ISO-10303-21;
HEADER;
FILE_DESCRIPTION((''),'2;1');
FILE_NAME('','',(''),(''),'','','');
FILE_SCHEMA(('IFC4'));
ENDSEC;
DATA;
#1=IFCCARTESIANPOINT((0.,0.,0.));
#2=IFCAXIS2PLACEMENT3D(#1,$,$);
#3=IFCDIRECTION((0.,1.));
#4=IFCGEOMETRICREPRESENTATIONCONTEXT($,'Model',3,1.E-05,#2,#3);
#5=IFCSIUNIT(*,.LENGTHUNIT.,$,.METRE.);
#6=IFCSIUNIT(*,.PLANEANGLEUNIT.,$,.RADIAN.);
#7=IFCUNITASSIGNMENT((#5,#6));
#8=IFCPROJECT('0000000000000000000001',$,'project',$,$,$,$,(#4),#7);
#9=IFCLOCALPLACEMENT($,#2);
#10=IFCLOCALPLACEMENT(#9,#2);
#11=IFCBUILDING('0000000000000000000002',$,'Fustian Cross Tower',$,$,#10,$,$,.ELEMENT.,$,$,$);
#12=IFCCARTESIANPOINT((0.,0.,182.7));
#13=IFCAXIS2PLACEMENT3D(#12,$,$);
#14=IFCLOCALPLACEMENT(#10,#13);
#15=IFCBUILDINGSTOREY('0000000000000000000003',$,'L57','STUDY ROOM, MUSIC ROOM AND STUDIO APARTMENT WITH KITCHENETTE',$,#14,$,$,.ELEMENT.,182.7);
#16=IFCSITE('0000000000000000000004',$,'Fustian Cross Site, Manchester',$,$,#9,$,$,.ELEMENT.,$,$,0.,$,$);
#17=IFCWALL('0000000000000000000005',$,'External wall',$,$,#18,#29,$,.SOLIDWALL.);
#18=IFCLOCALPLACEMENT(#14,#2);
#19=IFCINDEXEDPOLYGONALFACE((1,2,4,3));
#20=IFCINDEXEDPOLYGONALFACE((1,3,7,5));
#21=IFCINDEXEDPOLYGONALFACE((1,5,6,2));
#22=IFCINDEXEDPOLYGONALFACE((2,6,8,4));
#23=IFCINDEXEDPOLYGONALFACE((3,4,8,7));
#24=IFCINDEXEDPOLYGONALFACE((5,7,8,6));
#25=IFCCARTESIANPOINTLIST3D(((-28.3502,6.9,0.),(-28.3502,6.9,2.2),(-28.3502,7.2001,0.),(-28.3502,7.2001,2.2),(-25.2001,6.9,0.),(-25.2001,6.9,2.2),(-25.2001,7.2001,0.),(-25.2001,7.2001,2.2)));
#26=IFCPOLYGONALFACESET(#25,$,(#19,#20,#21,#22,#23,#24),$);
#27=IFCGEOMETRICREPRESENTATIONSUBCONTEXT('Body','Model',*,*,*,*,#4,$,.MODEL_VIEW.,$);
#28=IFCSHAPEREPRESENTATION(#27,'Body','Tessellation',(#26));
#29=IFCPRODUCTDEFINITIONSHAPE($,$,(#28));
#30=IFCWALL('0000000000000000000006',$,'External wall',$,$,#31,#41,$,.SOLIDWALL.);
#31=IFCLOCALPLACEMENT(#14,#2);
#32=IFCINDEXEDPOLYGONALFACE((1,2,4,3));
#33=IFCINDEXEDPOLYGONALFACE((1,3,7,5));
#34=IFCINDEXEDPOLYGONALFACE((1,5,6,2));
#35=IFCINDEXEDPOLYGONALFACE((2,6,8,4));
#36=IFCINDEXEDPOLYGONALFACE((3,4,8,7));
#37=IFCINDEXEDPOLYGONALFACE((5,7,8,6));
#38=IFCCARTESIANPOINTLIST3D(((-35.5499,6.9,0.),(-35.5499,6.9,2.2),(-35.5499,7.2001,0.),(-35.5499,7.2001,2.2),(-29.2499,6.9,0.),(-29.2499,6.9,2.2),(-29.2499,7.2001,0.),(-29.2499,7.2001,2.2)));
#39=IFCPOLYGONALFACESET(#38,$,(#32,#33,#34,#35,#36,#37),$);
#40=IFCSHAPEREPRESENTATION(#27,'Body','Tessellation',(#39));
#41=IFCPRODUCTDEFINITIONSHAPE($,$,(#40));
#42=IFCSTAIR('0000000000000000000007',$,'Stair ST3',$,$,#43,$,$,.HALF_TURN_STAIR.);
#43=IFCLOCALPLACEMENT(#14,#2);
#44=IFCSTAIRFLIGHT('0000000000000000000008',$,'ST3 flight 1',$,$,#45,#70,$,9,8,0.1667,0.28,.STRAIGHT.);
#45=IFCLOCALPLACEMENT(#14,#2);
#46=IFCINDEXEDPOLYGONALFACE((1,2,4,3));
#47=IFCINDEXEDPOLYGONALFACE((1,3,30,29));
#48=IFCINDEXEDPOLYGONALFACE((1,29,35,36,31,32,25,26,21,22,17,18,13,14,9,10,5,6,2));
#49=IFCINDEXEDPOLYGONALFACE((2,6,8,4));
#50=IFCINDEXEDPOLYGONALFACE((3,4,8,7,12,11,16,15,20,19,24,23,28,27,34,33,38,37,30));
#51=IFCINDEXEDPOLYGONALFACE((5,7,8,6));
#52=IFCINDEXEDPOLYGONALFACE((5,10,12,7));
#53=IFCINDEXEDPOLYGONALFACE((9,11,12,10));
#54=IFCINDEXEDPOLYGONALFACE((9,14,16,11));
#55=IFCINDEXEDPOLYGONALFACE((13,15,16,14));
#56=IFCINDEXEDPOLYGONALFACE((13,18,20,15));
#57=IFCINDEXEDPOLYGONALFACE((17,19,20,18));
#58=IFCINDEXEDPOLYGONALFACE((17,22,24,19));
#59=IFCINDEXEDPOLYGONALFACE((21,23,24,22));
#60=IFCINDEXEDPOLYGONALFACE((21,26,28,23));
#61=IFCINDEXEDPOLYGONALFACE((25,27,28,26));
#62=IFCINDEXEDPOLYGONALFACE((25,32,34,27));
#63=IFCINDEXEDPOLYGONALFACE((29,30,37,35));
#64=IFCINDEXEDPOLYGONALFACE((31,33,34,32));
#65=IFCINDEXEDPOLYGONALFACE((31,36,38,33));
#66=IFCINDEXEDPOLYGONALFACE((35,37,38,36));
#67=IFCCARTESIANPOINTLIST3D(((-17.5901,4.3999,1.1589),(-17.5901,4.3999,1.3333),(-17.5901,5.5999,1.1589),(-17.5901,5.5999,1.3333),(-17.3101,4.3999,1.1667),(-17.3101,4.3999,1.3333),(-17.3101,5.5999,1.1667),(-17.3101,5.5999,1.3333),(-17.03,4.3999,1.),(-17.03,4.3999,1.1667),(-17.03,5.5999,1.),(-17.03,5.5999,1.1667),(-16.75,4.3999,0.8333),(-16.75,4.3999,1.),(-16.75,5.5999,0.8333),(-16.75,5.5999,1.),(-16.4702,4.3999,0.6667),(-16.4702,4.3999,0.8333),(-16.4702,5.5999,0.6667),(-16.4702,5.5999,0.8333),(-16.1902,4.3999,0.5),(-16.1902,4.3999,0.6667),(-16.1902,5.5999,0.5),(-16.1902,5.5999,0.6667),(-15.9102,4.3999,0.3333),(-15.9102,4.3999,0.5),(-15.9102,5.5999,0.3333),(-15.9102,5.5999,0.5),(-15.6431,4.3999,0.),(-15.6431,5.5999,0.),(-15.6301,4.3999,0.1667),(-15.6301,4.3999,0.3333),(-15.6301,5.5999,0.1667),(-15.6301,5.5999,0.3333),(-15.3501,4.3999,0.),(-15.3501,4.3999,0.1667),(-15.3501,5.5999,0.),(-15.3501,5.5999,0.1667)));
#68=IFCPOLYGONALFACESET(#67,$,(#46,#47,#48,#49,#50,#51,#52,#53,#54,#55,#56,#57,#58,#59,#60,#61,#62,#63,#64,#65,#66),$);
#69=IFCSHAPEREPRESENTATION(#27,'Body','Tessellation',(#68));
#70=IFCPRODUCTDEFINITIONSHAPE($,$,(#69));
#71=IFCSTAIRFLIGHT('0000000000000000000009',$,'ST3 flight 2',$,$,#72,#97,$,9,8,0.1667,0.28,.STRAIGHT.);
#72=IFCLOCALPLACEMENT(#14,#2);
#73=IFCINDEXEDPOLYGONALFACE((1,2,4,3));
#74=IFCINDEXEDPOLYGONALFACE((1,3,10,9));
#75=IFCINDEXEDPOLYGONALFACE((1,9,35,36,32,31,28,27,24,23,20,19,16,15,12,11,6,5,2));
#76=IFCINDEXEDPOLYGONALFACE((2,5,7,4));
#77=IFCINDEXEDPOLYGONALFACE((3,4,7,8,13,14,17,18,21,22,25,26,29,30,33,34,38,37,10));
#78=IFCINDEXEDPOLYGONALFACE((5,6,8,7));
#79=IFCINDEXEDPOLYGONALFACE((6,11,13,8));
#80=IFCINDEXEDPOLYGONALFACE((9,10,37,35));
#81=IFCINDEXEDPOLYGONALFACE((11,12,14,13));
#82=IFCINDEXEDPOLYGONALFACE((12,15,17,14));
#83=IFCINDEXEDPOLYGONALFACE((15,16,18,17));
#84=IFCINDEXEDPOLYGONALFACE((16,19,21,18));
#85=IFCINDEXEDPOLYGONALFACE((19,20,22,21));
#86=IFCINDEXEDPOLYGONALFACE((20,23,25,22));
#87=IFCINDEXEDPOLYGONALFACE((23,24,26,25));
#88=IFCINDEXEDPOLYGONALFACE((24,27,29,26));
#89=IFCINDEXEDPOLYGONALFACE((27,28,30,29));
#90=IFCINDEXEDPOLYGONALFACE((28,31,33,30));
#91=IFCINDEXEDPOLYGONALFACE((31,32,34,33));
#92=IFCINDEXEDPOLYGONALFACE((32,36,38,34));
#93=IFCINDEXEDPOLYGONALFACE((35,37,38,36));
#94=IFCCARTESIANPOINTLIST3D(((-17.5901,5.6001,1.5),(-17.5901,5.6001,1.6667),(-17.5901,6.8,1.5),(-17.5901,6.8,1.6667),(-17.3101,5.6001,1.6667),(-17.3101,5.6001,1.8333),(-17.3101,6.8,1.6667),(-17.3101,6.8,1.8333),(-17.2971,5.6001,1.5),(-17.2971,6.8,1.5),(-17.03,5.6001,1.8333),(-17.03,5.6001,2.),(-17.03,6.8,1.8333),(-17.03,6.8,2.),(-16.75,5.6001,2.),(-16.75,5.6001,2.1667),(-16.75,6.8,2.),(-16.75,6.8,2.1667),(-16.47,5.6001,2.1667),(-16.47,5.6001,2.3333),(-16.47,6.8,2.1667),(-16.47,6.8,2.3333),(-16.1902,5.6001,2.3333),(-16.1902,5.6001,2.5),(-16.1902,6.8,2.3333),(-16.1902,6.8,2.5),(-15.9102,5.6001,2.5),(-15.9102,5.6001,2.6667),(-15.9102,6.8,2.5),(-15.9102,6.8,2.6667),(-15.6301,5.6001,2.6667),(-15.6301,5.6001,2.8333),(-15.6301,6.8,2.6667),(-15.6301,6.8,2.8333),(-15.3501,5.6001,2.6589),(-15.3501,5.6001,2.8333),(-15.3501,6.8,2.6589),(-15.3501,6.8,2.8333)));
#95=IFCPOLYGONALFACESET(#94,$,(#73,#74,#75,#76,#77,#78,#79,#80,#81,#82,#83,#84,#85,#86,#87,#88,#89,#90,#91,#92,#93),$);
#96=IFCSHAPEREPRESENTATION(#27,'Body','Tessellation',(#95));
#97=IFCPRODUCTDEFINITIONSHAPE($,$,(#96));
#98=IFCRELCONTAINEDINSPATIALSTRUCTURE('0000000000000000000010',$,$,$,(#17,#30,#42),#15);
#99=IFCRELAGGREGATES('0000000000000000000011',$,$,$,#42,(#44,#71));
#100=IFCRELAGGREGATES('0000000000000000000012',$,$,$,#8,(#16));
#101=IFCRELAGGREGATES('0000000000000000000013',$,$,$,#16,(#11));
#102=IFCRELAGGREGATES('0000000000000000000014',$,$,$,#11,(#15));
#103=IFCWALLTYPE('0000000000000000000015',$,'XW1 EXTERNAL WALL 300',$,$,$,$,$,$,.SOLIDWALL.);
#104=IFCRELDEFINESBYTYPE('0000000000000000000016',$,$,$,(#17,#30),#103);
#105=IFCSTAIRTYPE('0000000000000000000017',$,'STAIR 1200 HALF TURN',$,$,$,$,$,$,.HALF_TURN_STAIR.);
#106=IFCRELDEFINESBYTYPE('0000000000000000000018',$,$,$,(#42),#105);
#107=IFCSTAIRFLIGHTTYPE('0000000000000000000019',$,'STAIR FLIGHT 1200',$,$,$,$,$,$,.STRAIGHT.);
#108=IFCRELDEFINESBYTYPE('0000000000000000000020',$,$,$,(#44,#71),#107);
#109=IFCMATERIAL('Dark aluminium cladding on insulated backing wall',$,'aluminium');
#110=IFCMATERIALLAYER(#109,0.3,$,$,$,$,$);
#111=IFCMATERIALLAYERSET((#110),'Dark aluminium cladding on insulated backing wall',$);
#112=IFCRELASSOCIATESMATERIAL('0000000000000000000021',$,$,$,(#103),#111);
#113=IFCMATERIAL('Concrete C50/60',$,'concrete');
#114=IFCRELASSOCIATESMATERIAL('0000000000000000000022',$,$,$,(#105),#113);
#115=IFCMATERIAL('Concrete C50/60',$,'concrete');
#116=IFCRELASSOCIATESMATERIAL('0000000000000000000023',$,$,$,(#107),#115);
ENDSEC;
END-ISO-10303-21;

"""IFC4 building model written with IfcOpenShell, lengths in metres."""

from ifc_helpers import new_model, si_unit, direction, frame, frame_2d, origin, place, context, subcontext, project, spatial, polyline, rectangle, outline, extrude, material, layer, layer_set, type_object, element, aggregate, save


model = new_model("IFC4")

# Units and contexts
model_context = context("Model", 3, precision=1e-05, world=origin(), true_north=direction((0.0, 1.0)))
body_context = subcontext(model_context, "Body", "Model", "MODEL_VIEW")
ifc_project = project(units=[si_unit("LENGTHUNIT", "METRE"), si_unit("PLANEANGLEUNIT", "RADIAN")], contexts=[model_context])

# Site, building, storey
site_placement = place(None, origin())
site = spatial("IfcSite", under=ifc_project, at=site_placement, Name="Fustian Cross Site, Manchester", CompositionType="ELEMENT", RefElevation=0.0)
building_placement = place(site_placement, origin())
building = spatial("IfcBuilding", under=site, at=building_placement, Name="Fustian Cross Tower", CompositionType="ELEMENT")
storey_placement = place(building_placement, frame((0.0, 0.0, 182.7)))
storey = spatial("IfcBuildingStorey", under=building, at=storey_placement, Name="L57", Description="STUDY ROOM, MUSIC ROOM AND STUDIO APARTMENT WITH KITCHENETTE", CompositionType="ELEMENT", Elevation=182.7)

# Shared definitions
ifc_material_1 = material(Name="Dark aluminium cladding on insulated backing wall", Category="aluminium")
ifc_layer_1 = layer(ifc_material_1, 0.3)
ifc_layer_set_1 = layer_set([ifc_layer_1], Name="Dark aluminium cladding on insulated backing wall")
wall_type_1 = type_object("IfcWallType", Name="XW1 EXTERNAL WALL 300", PredefinedType="SOLIDWALL", material=ifc_layer_set_1)

# Walls
wall_1_placement = place(storey_placement, frame((-25.2, 7.05, 0.0), z_axis=(0.0, 0.0, 1.0), x_axis=(-1.0, 0.0, 0.0)))
element("IfcWall", 1, at=wall_1_placement, inside=storey, type_object=wall_type_1, Name="External wall", PredefinedType="SOLIDWALL", context=body_context, shape_type="SweptSolid", body=[
    extrude(rectangle(XDim=3.1501, YDim=0.3, at=frame_2d((1.5752, 0.0))), origin(), (0.0, 0.0, 1.0), 2.2),
])
wall_2_placement = place(storey_placement, frame((-29.25, 7.05, 0.0), z_axis=(0.0, 0.0, 1.0), x_axis=(-1.0, 0.0, 0.0)))
element("IfcWall", 2, at=wall_2_placement, inside=storey, type_object=wall_type_1, Name="External wall", PredefinedType="SOLIDWALL", context=body_context, shape_type="SweptSolid", body=[
    extrude(rectangle(XDim=6.3, YDim=0.3, at=frame_2d((3.1499, 0.0))), origin(), (0.0, 0.0, 1.0), 2.2),
])

# Stair, stair flights
ifc_material_2 = material(Name="Concrete C50/60", Category="concrete")
stair_type = type_object("IfcStairType", Name="STAIR 1200 HALF TURN", PredefinedType="HALF_TURN_STAIR", material=ifc_material_2)
stair_placement = place(storey_placement, origin())
stair = element("IfcStair", 3, at=stair_placement, inside=storey, type_object=stair_type, Name="Stair ST3", PredefinedType="HALF_TURN_STAIR")
ifc_material_3 = material(Name="Concrete C50/60", Category="concrete")
stair_flight_type = type_object("IfcStairFlightType", Name="STAIR FLIGHT 1200", PredefinedType="STRAIGHT", material=ifc_material_3)
stair_flight_1_placement = place(storey_placement, frame((-15.3501, 5.0, 0.0), z_axis=(0.0, 0.0, 1.0), x_axis=(-1.0, 0.0, 0.0)))
stair_flight_1 = element("IfcStairFlight", 4, at=stair_flight_1_placement, type_object=stair_flight_type, Name="ST3 flight 1", NumberOfRisers=9, NumberOfTreads=8, PredefinedType="STRAIGHT", RiserHeight=0.1667, TreadLength=0.28, context=body_context, shape_type="SweptSolid", body=[
    extrude(outline(polyline([(0.0, 0.0), (0.0, 0.1667), (0.28, 0.1667), (0.28, 0.3333), (0.5601, 0.3333), (0.5601, 0.5), (0.8401, 0.5), (0.8401, 0.6667), (1.1201, 0.6667), (1.1201, 0.8333), (1.3999, 0.8333), (1.3999, 1.0), (1.6799, 1.0), (1.6799, 1.1667), (1.96, 1.1667), (1.96, 1.3333), (2.24, 1.3333), (2.24, 1.5), (2.24, 1.1589), (0.293, 0.0), (0.0, 0.0)])), frame((0.0, 0.6001, 0.0), z_axis=(0.0, -1.0, 0.0), x_axis=(1.0, 0.0, 0.0)), (0.0, 0.0, 1.0), 1.2),
])
stair_flight_2_placement = place(storey_placement, frame((-17.5901, 6.2, 1.5), z_axis=(0.0, 0.0, 1.0), x_axis=(1.0, 0.0, 0.0)))
stair_flight_2 = element("IfcStairFlight", 5, at=stair_flight_2_placement, type_object=stair_flight_type, Name="ST3 flight 2", NumberOfRisers=9, NumberOfTreads=8, PredefinedType="STRAIGHT", RiserHeight=0.1667, TreadLength=0.28, context=body_context, shape_type="SweptSolid", body=[
    extrude(outline(polyline([(0.0, 0.0), (0.0, 0.1667), (0.28, 0.1667), (0.28, 0.3333), (0.5601, 0.3333), (0.5601, 0.5), (0.8401, 0.5), (0.8401, 0.6667), (1.1201, 0.6667), (1.1201, 0.8333), (1.3999, 0.8333), (1.3999, 1.0), (1.6799, 1.0), (1.6799, 1.1667), (1.96, 1.1667), (1.96, 1.3333), (2.24, 1.3333), (2.24, 1.5), (2.24, 1.1589), (0.293, 0.0), (0.0, 0.0)])), frame((0.0, 0.6001, 0.0), z_axis=(0.0, -1.0, 0.0), x_axis=(1.0, 0.0, 0.0)), (0.0, 0.0, 1.0), 1.2),
])
aggregate(stair, [stair_flight_1, stair_flight_2])

save(model, "model.ifc")
